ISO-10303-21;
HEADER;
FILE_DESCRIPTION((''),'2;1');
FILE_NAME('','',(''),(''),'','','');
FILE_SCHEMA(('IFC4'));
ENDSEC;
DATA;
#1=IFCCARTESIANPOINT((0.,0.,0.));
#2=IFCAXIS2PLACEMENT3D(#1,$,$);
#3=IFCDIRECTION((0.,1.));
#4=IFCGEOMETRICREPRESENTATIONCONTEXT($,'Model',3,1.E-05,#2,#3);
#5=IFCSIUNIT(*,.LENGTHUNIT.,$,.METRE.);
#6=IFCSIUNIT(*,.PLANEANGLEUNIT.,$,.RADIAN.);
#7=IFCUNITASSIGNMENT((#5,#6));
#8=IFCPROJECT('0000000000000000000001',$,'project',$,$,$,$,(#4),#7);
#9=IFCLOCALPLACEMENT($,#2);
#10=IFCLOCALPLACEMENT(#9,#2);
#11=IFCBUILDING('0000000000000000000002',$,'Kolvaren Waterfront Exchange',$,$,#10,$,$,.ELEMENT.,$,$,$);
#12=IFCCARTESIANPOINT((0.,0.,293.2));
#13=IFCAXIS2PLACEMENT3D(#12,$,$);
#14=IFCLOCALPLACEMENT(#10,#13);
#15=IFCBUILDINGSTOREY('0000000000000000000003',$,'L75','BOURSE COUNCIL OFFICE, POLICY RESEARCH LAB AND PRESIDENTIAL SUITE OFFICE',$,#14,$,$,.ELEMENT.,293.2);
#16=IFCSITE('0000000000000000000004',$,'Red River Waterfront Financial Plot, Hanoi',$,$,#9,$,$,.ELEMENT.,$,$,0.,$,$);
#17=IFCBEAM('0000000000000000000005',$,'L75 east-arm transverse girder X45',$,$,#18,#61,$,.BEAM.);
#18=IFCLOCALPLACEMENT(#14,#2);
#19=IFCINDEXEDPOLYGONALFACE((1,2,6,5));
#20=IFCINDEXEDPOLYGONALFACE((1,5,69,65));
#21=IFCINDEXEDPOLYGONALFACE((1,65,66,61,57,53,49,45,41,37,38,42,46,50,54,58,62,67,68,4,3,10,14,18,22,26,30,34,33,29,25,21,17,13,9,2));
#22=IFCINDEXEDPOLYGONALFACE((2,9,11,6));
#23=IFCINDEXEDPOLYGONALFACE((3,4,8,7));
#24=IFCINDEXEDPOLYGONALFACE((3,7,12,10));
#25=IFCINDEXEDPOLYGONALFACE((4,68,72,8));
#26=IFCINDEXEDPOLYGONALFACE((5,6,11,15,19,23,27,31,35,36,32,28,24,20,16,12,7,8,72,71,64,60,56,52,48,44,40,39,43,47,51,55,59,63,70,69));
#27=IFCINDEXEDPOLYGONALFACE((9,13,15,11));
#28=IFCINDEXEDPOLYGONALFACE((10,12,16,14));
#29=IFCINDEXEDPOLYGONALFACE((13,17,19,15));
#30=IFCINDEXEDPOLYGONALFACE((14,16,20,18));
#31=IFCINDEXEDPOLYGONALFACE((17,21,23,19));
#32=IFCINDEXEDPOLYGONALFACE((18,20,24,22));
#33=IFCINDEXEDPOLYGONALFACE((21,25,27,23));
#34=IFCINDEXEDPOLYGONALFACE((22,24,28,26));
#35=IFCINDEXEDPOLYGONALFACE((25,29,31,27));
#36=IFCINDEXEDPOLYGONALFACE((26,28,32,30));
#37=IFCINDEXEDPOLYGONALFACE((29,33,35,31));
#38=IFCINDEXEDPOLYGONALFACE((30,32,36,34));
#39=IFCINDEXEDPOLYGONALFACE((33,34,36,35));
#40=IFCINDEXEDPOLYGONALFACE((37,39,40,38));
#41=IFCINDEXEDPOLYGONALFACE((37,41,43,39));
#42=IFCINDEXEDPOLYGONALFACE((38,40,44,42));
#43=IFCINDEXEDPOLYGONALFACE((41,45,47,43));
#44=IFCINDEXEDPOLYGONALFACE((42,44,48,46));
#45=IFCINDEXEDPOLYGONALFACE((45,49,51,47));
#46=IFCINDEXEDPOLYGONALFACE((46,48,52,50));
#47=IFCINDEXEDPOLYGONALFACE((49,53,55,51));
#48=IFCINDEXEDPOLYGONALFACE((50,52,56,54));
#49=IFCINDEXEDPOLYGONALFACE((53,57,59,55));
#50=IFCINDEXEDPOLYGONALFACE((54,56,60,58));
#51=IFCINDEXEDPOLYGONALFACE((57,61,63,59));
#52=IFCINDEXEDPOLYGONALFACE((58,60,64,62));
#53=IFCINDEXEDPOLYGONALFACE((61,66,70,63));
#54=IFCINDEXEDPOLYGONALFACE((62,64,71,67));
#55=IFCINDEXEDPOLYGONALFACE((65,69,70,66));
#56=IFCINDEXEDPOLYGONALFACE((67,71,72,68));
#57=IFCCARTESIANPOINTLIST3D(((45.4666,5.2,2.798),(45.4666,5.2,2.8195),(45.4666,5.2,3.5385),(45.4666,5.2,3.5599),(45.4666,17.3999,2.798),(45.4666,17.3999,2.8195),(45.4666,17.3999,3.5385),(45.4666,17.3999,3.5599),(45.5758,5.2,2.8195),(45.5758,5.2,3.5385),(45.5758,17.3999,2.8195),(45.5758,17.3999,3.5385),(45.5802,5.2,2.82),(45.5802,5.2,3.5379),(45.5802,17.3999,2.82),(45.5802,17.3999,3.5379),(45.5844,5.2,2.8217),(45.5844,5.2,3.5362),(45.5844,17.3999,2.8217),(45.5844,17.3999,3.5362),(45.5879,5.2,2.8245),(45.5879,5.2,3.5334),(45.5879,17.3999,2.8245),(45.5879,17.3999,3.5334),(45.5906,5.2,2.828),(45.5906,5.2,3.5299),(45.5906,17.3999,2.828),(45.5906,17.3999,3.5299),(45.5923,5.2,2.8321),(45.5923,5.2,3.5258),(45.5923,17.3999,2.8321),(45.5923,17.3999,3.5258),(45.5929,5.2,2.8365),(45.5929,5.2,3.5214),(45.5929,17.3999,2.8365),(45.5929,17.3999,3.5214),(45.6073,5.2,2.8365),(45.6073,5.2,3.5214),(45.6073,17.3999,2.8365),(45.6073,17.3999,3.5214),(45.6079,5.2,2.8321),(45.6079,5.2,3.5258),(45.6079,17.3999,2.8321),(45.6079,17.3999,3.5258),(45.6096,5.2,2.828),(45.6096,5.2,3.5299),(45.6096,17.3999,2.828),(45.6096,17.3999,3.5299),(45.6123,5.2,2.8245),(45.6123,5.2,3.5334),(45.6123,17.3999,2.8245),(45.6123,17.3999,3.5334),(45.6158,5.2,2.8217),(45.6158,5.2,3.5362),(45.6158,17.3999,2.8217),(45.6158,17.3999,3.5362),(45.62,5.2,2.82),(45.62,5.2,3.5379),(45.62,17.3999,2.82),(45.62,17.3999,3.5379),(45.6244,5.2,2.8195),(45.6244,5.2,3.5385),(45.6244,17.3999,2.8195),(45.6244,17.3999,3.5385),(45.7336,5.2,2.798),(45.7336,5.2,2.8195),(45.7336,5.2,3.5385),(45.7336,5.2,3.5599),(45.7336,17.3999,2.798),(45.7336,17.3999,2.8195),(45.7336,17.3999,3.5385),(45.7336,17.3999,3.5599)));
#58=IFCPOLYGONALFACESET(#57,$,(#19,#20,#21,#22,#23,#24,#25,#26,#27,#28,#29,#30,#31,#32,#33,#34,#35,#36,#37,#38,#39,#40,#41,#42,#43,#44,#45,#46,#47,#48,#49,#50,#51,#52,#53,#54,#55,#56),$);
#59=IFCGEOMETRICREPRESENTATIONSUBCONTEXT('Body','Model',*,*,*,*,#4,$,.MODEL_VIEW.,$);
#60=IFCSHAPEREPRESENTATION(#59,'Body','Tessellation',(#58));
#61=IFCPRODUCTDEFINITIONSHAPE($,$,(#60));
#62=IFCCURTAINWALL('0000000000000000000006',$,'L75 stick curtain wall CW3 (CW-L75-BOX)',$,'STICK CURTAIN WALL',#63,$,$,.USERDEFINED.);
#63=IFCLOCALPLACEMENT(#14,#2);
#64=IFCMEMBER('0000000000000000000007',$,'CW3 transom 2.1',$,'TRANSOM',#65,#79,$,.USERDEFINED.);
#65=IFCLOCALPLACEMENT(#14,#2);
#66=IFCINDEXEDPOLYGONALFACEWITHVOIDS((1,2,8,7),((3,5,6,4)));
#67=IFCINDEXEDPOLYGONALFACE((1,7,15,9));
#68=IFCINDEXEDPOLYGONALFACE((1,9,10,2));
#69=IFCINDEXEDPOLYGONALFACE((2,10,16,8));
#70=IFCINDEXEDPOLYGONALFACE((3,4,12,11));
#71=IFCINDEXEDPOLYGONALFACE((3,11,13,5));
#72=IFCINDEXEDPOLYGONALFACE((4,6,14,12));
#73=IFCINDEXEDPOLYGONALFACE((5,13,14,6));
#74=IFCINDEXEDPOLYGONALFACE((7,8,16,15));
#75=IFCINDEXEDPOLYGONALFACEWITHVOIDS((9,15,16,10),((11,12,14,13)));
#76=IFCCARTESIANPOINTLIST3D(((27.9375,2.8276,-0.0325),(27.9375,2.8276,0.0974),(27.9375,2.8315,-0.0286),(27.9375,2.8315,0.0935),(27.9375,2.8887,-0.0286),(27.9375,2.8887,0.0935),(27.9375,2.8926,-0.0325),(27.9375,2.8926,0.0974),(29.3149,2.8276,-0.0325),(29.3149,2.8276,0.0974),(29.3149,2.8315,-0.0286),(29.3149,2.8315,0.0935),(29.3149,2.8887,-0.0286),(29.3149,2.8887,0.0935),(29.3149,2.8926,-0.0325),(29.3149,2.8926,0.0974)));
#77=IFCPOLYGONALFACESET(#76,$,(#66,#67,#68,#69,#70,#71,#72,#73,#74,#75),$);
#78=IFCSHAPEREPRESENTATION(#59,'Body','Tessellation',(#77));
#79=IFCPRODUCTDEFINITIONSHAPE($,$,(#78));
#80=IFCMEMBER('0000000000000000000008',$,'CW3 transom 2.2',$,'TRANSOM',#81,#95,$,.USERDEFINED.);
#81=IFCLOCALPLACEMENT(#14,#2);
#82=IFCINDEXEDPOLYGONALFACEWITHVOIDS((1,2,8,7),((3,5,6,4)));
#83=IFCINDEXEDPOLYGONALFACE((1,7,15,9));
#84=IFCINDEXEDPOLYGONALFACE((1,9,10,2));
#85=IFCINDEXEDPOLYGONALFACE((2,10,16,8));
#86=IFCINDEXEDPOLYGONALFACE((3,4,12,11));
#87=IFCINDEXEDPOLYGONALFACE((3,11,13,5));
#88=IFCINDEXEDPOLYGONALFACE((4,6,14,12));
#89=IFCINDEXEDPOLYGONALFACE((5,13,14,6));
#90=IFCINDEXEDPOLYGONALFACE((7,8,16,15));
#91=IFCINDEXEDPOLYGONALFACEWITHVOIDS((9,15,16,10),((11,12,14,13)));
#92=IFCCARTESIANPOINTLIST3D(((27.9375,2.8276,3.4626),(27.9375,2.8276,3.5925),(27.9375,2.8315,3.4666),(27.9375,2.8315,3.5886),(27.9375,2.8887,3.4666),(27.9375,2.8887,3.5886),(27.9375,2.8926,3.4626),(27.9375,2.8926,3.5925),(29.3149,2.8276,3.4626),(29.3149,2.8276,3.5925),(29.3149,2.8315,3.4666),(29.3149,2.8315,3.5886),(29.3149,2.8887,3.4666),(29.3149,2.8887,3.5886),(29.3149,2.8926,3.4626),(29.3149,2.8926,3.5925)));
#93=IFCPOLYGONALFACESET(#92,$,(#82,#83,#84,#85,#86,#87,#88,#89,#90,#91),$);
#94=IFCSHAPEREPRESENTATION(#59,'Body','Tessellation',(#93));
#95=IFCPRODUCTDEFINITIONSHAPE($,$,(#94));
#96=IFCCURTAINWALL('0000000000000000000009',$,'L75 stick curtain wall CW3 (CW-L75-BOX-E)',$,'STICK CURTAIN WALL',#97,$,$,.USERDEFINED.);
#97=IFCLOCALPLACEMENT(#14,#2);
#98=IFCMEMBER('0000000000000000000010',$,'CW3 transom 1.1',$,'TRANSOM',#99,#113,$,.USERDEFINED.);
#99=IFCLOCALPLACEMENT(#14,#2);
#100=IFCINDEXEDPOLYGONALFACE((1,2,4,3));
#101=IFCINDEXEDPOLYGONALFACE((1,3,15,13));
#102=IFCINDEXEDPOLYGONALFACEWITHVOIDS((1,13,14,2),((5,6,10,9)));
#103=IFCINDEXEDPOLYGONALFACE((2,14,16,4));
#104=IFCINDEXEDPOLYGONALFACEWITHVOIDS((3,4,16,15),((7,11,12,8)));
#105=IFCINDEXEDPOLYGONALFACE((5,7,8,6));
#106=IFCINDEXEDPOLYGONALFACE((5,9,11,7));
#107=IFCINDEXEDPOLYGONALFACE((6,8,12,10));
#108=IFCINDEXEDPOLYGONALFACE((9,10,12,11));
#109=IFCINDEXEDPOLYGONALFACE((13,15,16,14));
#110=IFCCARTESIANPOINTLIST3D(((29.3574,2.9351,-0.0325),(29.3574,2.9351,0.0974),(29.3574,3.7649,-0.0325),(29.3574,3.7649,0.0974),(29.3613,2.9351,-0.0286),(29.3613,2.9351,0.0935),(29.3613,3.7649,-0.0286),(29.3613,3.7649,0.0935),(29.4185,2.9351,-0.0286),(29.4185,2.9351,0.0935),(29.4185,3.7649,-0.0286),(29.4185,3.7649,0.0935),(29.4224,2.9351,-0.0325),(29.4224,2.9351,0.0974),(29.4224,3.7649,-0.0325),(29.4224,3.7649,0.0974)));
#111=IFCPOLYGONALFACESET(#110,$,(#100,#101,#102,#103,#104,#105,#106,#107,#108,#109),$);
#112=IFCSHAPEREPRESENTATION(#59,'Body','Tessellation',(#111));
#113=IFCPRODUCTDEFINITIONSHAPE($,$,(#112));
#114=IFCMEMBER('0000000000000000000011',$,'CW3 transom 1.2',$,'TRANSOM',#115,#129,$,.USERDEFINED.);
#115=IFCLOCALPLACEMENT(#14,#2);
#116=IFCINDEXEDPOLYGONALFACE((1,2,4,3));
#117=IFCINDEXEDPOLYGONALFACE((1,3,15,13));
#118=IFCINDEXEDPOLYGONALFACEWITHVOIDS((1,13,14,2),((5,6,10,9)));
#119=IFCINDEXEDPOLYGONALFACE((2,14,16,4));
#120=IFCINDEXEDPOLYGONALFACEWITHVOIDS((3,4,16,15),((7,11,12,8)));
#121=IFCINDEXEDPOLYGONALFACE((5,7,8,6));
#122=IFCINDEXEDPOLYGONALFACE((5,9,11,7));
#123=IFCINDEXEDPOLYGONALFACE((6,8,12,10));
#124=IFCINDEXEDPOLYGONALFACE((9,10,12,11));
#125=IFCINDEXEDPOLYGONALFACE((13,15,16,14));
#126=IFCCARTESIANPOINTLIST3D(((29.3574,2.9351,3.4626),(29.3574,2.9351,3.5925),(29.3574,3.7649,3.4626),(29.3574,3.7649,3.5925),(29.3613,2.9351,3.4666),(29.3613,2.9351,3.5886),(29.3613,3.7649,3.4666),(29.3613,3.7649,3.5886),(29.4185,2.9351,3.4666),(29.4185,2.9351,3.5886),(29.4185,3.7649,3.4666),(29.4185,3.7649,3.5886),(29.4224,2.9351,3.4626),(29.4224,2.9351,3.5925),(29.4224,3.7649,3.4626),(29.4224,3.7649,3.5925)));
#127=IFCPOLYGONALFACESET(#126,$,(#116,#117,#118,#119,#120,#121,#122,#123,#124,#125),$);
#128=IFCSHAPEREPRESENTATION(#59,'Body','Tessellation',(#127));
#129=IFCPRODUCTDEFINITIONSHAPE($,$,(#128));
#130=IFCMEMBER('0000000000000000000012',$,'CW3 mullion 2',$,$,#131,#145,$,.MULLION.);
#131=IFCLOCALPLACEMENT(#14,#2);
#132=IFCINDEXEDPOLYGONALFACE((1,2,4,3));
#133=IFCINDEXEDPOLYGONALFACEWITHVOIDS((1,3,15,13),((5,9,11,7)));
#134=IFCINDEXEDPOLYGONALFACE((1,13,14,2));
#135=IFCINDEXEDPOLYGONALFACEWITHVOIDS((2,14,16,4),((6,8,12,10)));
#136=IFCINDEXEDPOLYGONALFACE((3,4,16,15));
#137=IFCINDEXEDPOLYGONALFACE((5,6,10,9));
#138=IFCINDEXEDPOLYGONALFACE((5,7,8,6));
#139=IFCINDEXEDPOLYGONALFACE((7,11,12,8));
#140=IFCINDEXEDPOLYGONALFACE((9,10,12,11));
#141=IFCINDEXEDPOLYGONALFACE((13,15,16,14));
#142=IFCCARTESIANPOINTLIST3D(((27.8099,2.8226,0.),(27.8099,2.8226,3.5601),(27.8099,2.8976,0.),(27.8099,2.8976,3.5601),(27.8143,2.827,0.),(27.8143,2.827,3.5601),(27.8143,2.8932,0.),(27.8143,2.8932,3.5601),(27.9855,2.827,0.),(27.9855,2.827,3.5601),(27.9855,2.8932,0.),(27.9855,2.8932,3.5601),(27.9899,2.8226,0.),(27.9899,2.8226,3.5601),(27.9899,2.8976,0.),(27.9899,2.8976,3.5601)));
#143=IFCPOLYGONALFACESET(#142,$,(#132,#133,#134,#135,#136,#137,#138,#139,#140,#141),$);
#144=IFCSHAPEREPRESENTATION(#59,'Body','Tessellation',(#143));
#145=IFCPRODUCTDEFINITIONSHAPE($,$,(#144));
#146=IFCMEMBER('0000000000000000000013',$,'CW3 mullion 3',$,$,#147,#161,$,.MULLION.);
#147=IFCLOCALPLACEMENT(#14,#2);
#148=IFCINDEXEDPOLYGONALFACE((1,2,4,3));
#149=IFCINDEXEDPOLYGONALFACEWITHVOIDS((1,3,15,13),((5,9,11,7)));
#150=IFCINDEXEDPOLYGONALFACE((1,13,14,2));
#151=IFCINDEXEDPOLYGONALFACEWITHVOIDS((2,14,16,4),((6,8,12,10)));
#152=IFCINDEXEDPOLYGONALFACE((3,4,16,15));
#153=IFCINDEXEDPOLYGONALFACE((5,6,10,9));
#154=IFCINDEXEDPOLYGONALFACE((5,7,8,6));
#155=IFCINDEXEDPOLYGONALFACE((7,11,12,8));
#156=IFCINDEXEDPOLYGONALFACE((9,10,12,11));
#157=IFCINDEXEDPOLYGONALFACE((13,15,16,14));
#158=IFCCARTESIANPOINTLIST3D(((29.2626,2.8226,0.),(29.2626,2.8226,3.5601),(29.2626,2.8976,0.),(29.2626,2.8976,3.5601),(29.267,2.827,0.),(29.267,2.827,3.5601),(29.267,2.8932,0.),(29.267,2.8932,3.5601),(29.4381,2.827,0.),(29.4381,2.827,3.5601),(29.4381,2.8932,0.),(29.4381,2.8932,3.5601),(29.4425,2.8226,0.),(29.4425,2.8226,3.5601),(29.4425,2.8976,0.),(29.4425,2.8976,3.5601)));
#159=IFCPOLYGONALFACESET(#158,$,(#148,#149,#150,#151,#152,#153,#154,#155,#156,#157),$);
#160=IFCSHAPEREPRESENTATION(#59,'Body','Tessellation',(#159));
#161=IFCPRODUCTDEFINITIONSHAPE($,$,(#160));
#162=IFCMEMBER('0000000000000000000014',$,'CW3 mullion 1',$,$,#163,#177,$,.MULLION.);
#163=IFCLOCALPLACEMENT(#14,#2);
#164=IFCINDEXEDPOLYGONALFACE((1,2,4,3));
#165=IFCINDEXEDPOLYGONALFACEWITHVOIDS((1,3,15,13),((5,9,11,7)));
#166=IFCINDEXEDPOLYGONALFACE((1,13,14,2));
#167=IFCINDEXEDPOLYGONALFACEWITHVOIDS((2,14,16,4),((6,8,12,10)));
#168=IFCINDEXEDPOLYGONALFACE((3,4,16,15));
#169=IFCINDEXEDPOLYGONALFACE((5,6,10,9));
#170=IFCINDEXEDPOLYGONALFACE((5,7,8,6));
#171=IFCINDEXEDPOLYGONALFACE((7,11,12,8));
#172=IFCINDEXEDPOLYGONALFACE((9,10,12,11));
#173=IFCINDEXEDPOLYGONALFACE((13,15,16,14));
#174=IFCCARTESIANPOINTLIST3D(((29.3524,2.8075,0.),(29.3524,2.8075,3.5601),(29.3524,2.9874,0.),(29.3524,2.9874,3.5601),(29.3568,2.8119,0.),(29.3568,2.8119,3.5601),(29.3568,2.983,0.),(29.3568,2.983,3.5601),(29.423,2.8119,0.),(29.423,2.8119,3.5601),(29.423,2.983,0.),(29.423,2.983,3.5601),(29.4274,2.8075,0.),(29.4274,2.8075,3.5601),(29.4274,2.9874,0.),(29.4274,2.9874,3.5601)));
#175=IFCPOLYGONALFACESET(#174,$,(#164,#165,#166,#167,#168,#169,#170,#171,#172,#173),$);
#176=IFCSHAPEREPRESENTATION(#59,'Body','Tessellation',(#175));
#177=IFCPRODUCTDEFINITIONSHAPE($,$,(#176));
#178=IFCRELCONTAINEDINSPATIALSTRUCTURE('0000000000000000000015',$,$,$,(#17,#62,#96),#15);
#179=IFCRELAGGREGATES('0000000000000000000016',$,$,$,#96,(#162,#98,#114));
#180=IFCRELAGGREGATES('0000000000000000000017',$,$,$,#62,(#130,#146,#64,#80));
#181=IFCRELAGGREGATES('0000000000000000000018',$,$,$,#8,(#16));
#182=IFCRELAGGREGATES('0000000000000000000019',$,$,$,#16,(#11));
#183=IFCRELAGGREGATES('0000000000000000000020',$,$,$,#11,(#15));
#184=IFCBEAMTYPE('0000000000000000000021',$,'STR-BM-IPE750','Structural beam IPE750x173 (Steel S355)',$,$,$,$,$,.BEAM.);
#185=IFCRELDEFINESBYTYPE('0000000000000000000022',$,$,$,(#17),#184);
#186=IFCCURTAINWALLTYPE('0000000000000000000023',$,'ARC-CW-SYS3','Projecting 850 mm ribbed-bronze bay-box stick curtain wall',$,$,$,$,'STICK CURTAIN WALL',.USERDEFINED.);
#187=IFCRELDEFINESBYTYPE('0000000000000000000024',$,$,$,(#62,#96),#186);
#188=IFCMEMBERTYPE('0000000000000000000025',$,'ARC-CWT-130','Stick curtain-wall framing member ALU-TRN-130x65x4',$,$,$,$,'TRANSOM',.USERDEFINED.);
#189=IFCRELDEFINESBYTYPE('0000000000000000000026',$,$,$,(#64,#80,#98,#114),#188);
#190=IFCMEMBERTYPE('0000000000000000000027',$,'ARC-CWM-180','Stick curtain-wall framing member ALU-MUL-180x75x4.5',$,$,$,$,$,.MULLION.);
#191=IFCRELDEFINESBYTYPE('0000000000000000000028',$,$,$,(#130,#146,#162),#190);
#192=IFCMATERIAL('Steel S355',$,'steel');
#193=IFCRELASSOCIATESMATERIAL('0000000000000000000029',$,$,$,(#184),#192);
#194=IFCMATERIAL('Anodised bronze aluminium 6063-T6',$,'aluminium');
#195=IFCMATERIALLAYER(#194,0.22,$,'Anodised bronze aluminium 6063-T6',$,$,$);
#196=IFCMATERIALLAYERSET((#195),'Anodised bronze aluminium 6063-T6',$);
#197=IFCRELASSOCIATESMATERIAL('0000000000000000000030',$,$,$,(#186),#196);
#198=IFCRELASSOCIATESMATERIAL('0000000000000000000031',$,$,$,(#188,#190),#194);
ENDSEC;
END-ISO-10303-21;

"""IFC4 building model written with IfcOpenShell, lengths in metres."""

from ifc_helpers import new_model, si_unit, direction, frame, origin, origin_with_axes, origin_2d, place, context, subcontext, project, spatial, hollow_rectangle, i_section, extrude, source, transform, mapped, material, layer, layer_set, material_profile, profile_set, type_object, element, aggregate, save


model = new_model("IFC4")

# Units and contexts
model_context = context("Model", 3, precision=1e-05, world=origin(), true_north=direction((0.0, 1.0)))
body_context = subcontext(model_context, "Body", "Model", "MODEL_VIEW")
ifc_project = project(units=[si_unit("LENGTHUNIT", "METRE"), si_unit("PLANEANGLEUNIT", "RADIAN")], contexts=[model_context])

# Site, building, storey
site_placement = place(None, origin())
site = spatial("IfcSite", under=ifc_project, at=site_placement, Name="Red River Waterfront Financial Plot, Hanoi", CompositionType="ELEMENT", RefElevation=0.0)
building_placement = place(site_placement, origin())
building = spatial("IfcBuilding", under=site, at=building_placement, Name="Kolvaren Waterfront Exchange", CompositionType="ELEMENT")
storey_placement = place(building_placement, frame((0.0, 0.0, 293.2)))
storey = spatial("IfcBuildingStorey", under=building, at=storey_placement, Name="L75", Description="BOURSE COUNCIL OFFICE, POLICY RESEARCH LAB AND PRESIDENTIAL SUITE OFFICE", CompositionType="ELEMENT", Elevation=293.2)

# Beam
ifc_material_1 = material(Name="Steel S355", Category="steel")
ifc_material_profile_1 = material_profile(ifc_material_1, i_section(OverallWidth=0.2671, OverallDepth=0.762, WebThickness=0.0144, FlangeThickness=0.0215, FilletRadius=0.0171, at=origin_2d()), Name="IPE750x173")
ifc_profile_set_1 = profile_set([ifc_material_profile_1], Name="Steel S355")
beam_type_1 = type_object("IfcBeamType", Name="STR-BM-IPE750", Description="Structural beam IPE750x173 (Steel S355)", PredefinedType="BEAM", material=ifc_profile_set_1)
for number, where, z_axis, x_axis, name in (
    (1, (45.6001, 5.2, 3.179), (0.0, 1.0, 0.0), (-1.0, 0.0, 0.0), "L75 east-arm transverse girder X45"),
):
    element("IfcBeam", number, at=place(storey_placement, frame(where, z_axis=z_axis, x_axis=x_axis)), inside=storey, type_object=beam_type_1, Name=name, PredefinedType="BEAM", context=body_context, shape_type="SweptSolid", body=[
        extrude(i_section(OverallWidth=0.2671, OverallDepth=0.762, WebThickness=0.0144, FlangeThickness=0.0215, FilletRadius=0.0171, at=origin_2d()), origin(), (0.0, 0.0, 1.0), 12.2),
    ])

# Curtain walls, members
ifc_material_2 = material(Name="Anodised bronze aluminium 6063-T6", Category="aluminium")
ifc_layer_1 = layer(ifc_material_2, 0.22, Name="Anodised bronze aluminium 6063-T6")
ifc_layer_set_1 = layer_set([ifc_layer_1], Name="Anodised bronze aluminium 6063-T6")
curtain_wall_type_1 = type_object("IfcCurtainWallType", Name="ARC-CW-SYS3", Description="Projecting 850 mm ribbed-bronze bay-box stick curtain wall", ElementType="STICK CURTAIN WALL", PredefinedType="USERDEFINED", material=ifc_layer_set_1)
curtain_wall_1_placement = place(storey_placement, origin())
curtain_wall_1 = element("IfcCurtainWall", 2, at=curtain_wall_1_placement, inside=storey, type_object=curtain_wall_type_1, Name="L75 stick curtain wall CW3 (CW-L75-BOX)", ObjectType="STICK CURTAIN WALL", PredefinedType="USERDEFINED")
ifc_material_profile_2 = material_profile(ifc_material_2, hollow_rectangle(XDim=0.0649, YDim=0.1299, WallThickness=0.0039, at=origin_2d()), Name="ALU-TRN-130x65x4")
ifc_profile_set_2 = profile_set([ifc_material_profile_2], Name="Anodised bronze aluminium 6063-T6")
member_type_1 = type_object("IfcMemberType", Name="ARC-CWT-130", Description="Stick curtain-wall framing member ALU-TRN-130x65x4", ElementType="TRANSOM", PredefinedType="USERDEFINED", material=ifc_profile_set_2)
shared_shape_1 = source(origin_with_axes(), body_context, "Body", "SweptSolid", [
    extrude(hollow_rectangle(XDim=0.0649, YDim=0.1299, WallThickness=0.0039, at=origin_2d()), origin(), (0.0, 0.0, 1.0), 1.3774),
])
member_1_placement = place(storey_placement, frame((27.9375, 2.8601, 0.0325), z_axis=(1.0, 0.0, 0.0), x_axis=(0.0, 1.0, 0.0)))
member_1 = element("IfcMember", 3, at=member_1_placement, type_object=member_type_1, Name="CW3 transom 2.1", ObjectType="TRANSOM", PredefinedType="USERDEFINED", context=body_context, shape_type="MappedRepresentation", body=[
    mapped(shared_shape_1, transform((0.0, 0.0, 0.0), x_axis=(1.0, 0.0, 0.0), y_axis=(0.0, 1.0, 0.0), z_axis=(0.0, 0.0, 1.0), scale=1.0)),
])
member_2_placement = place(storey_placement, frame((27.9375, 2.8601, 3.5276), z_axis=(1.0, 0.0, 0.0), x_axis=(0.0, 1.0, 0.0)))
member_2 = element("IfcMember", 4, at=member_2_placement, type_object=member_type_1, Name="CW3 transom 2.2", ObjectType="TRANSOM", PredefinedType="USERDEFINED", context=body_context, shape_type="MappedRepresentation", body=[
    mapped(shared_shape_1, transform((0.0, 0.0, 0.0), x_axis=(1.0, 0.0, 0.0), y_axis=(0.0, 1.0, 0.0), z_axis=(0.0, 0.0, 1.0), scale=1.0)),
])
curtain_wall_2_placement = place(storey_placement, origin())
curtain_wall_2 = element("IfcCurtainWall", 5, at=curtain_wall_2_placement, inside=storey, type_object=curtain_wall_type_1, Name="L75 stick curtain wall CW3 (CW-L75-BOX-E)", ObjectType="STICK CURTAIN WALL", PredefinedType="USERDEFINED")
shared_shape_2 = source(origin_with_axes(), body_context, "Body", "SweptSolid", [
    extrude(hollow_rectangle(XDim=0.0649, YDim=0.1299, WallThickness=0.0039, at=origin_2d()), origin(), (0.0, 0.0, 1.0), 0.8298),
])
member_3_placement = place(storey_placement, frame((29.3899, 2.9351, 0.0325), z_axis=(0.0, 1.0, 0.0), x_axis=(-1.0, 0.0, 0.0)))
member_3 = element("IfcMember", 6, at=member_3_placement, type_object=member_type_1, Name="CW3 transom 1.1", ObjectType="TRANSOM", PredefinedType="USERDEFINED", context=body_context, shape_type="MappedRepresentation", body=[
    mapped(shared_shape_2, transform((0.0, 0.0, 0.0), x_axis=(1.0, 0.0, 0.0), y_axis=(0.0, 1.0, 0.0), z_axis=(0.0, 0.0, 1.0), scale=1.0)),
])
member_4_placement = place(storey_placement, frame((29.3899, 2.9351, 3.5276), z_axis=(0.0, 1.0, 0.0), x_axis=(-1.0, 0.0, 0.0)))
member_4 = element("IfcMember", 7, at=member_4_placement, type_object=member_type_1, Name="CW3 transom 1.2", ObjectType="TRANSOM", PredefinedType="USERDEFINED", context=body_context, shape_type="MappedRepresentation", body=[
    mapped(shared_shape_2, transform((0.0, 0.0, 0.0), x_axis=(1.0, 0.0, 0.0), y_axis=(0.0, 1.0, 0.0), z_axis=(0.0, 0.0, 1.0), scale=1.0)),
])

# Members
ifc_material_profile_3 = material_profile(ifc_material_2, hollow_rectangle(XDim=0.075, YDim=0.1799, WallThickness=0.0044, at=origin_2d()), Name="ALU-MUL-180x75x4.5")
ifc_profile_set_3 = profile_set([ifc_material_profile_3], Name="Anodised bronze aluminium 6063-T6")
member_type_2 = type_object("IfcMemberType", Name="ARC-CWM-180", Description="Stick curtain-wall framing member ALU-MUL-180x75x4.5", PredefinedType="MULLION", material=ifc_profile_set_3)
shared_shape_3 = source(origin_with_axes(), body_context, "Body", "SweptSolid", [
    extrude(hollow_rectangle(XDim=0.075, YDim=0.1799, WallThickness=0.0044, at=origin_2d()), origin(), (0.0, 0.0, 1.0), 3.5601),
])
member_5_placement = place(storey_placement, frame((27.8999, 2.8601, 0.0), z_axis=(0.0, 0.0, 1.0), x_axis=(0.0, 1.0, 0.0)))
member_5 = element("IfcMember", 8, at=member_5_placement, type_object=member_type_2, Name="CW3 mullion 2", PredefinedType="MULLION", context=body_context, shape_type="MappedRepresentation", body=[
    mapped(shared_shape_3, transform((0.0, 0.0, 0.0), x_axis=(1.0, 0.0, 0.0), y_axis=(0.0, 1.0, 0.0), z_axis=(0.0, 0.0, 1.0), scale=1.0)),
])
member_6_placement = place(storey_placement, frame((29.3525, 2.8601, 0.0), z_axis=(0.0, 0.0, 1.0), x_axis=(0.0, 1.0, 0.0)))
member_6 = element("IfcMember", 9, at=member_6_placement, type_object=member_type_2, Name="CW3 mullion 3", PredefinedType="MULLION", context=body_context, shape_type="MappedRepresentation", body=[
    mapped(shared_shape_3, transform((0.0, 0.0, 0.0), x_axis=(1.0, 0.0, 0.0), y_axis=(0.0, 1.0, 0.0), z_axis=(0.0, 0.0, 1.0), scale=1.0)),
])
member_7_placement = place(storey_placement, frame((29.3899, 2.8975, 0.0), z_axis=(0.0, 0.0, 1.0), x_axis=(-1.0, 0.0, 0.0)))
member_7 = element("IfcMember", 10, at=member_7_placement, type_object=member_type_2, Name="CW3 mullion 1", PredefinedType="MULLION", context=body_context, shape_type="MappedRepresentation", body=[
    mapped(shared_shape_3, transform((0.0, 0.0, 0.0), x_axis=(1.0, 0.0, 0.0), y_axis=(0.0, 1.0, 0.0), z_axis=(0.0, 0.0, 1.0), scale=1.0)),
])

aggregate(curtain_wall_2, [member_7, member_3, member_4])
aggregate(curtain_wall_1, [member_5, member_6, member_1, member_2])

save(model, "model.ifc")
